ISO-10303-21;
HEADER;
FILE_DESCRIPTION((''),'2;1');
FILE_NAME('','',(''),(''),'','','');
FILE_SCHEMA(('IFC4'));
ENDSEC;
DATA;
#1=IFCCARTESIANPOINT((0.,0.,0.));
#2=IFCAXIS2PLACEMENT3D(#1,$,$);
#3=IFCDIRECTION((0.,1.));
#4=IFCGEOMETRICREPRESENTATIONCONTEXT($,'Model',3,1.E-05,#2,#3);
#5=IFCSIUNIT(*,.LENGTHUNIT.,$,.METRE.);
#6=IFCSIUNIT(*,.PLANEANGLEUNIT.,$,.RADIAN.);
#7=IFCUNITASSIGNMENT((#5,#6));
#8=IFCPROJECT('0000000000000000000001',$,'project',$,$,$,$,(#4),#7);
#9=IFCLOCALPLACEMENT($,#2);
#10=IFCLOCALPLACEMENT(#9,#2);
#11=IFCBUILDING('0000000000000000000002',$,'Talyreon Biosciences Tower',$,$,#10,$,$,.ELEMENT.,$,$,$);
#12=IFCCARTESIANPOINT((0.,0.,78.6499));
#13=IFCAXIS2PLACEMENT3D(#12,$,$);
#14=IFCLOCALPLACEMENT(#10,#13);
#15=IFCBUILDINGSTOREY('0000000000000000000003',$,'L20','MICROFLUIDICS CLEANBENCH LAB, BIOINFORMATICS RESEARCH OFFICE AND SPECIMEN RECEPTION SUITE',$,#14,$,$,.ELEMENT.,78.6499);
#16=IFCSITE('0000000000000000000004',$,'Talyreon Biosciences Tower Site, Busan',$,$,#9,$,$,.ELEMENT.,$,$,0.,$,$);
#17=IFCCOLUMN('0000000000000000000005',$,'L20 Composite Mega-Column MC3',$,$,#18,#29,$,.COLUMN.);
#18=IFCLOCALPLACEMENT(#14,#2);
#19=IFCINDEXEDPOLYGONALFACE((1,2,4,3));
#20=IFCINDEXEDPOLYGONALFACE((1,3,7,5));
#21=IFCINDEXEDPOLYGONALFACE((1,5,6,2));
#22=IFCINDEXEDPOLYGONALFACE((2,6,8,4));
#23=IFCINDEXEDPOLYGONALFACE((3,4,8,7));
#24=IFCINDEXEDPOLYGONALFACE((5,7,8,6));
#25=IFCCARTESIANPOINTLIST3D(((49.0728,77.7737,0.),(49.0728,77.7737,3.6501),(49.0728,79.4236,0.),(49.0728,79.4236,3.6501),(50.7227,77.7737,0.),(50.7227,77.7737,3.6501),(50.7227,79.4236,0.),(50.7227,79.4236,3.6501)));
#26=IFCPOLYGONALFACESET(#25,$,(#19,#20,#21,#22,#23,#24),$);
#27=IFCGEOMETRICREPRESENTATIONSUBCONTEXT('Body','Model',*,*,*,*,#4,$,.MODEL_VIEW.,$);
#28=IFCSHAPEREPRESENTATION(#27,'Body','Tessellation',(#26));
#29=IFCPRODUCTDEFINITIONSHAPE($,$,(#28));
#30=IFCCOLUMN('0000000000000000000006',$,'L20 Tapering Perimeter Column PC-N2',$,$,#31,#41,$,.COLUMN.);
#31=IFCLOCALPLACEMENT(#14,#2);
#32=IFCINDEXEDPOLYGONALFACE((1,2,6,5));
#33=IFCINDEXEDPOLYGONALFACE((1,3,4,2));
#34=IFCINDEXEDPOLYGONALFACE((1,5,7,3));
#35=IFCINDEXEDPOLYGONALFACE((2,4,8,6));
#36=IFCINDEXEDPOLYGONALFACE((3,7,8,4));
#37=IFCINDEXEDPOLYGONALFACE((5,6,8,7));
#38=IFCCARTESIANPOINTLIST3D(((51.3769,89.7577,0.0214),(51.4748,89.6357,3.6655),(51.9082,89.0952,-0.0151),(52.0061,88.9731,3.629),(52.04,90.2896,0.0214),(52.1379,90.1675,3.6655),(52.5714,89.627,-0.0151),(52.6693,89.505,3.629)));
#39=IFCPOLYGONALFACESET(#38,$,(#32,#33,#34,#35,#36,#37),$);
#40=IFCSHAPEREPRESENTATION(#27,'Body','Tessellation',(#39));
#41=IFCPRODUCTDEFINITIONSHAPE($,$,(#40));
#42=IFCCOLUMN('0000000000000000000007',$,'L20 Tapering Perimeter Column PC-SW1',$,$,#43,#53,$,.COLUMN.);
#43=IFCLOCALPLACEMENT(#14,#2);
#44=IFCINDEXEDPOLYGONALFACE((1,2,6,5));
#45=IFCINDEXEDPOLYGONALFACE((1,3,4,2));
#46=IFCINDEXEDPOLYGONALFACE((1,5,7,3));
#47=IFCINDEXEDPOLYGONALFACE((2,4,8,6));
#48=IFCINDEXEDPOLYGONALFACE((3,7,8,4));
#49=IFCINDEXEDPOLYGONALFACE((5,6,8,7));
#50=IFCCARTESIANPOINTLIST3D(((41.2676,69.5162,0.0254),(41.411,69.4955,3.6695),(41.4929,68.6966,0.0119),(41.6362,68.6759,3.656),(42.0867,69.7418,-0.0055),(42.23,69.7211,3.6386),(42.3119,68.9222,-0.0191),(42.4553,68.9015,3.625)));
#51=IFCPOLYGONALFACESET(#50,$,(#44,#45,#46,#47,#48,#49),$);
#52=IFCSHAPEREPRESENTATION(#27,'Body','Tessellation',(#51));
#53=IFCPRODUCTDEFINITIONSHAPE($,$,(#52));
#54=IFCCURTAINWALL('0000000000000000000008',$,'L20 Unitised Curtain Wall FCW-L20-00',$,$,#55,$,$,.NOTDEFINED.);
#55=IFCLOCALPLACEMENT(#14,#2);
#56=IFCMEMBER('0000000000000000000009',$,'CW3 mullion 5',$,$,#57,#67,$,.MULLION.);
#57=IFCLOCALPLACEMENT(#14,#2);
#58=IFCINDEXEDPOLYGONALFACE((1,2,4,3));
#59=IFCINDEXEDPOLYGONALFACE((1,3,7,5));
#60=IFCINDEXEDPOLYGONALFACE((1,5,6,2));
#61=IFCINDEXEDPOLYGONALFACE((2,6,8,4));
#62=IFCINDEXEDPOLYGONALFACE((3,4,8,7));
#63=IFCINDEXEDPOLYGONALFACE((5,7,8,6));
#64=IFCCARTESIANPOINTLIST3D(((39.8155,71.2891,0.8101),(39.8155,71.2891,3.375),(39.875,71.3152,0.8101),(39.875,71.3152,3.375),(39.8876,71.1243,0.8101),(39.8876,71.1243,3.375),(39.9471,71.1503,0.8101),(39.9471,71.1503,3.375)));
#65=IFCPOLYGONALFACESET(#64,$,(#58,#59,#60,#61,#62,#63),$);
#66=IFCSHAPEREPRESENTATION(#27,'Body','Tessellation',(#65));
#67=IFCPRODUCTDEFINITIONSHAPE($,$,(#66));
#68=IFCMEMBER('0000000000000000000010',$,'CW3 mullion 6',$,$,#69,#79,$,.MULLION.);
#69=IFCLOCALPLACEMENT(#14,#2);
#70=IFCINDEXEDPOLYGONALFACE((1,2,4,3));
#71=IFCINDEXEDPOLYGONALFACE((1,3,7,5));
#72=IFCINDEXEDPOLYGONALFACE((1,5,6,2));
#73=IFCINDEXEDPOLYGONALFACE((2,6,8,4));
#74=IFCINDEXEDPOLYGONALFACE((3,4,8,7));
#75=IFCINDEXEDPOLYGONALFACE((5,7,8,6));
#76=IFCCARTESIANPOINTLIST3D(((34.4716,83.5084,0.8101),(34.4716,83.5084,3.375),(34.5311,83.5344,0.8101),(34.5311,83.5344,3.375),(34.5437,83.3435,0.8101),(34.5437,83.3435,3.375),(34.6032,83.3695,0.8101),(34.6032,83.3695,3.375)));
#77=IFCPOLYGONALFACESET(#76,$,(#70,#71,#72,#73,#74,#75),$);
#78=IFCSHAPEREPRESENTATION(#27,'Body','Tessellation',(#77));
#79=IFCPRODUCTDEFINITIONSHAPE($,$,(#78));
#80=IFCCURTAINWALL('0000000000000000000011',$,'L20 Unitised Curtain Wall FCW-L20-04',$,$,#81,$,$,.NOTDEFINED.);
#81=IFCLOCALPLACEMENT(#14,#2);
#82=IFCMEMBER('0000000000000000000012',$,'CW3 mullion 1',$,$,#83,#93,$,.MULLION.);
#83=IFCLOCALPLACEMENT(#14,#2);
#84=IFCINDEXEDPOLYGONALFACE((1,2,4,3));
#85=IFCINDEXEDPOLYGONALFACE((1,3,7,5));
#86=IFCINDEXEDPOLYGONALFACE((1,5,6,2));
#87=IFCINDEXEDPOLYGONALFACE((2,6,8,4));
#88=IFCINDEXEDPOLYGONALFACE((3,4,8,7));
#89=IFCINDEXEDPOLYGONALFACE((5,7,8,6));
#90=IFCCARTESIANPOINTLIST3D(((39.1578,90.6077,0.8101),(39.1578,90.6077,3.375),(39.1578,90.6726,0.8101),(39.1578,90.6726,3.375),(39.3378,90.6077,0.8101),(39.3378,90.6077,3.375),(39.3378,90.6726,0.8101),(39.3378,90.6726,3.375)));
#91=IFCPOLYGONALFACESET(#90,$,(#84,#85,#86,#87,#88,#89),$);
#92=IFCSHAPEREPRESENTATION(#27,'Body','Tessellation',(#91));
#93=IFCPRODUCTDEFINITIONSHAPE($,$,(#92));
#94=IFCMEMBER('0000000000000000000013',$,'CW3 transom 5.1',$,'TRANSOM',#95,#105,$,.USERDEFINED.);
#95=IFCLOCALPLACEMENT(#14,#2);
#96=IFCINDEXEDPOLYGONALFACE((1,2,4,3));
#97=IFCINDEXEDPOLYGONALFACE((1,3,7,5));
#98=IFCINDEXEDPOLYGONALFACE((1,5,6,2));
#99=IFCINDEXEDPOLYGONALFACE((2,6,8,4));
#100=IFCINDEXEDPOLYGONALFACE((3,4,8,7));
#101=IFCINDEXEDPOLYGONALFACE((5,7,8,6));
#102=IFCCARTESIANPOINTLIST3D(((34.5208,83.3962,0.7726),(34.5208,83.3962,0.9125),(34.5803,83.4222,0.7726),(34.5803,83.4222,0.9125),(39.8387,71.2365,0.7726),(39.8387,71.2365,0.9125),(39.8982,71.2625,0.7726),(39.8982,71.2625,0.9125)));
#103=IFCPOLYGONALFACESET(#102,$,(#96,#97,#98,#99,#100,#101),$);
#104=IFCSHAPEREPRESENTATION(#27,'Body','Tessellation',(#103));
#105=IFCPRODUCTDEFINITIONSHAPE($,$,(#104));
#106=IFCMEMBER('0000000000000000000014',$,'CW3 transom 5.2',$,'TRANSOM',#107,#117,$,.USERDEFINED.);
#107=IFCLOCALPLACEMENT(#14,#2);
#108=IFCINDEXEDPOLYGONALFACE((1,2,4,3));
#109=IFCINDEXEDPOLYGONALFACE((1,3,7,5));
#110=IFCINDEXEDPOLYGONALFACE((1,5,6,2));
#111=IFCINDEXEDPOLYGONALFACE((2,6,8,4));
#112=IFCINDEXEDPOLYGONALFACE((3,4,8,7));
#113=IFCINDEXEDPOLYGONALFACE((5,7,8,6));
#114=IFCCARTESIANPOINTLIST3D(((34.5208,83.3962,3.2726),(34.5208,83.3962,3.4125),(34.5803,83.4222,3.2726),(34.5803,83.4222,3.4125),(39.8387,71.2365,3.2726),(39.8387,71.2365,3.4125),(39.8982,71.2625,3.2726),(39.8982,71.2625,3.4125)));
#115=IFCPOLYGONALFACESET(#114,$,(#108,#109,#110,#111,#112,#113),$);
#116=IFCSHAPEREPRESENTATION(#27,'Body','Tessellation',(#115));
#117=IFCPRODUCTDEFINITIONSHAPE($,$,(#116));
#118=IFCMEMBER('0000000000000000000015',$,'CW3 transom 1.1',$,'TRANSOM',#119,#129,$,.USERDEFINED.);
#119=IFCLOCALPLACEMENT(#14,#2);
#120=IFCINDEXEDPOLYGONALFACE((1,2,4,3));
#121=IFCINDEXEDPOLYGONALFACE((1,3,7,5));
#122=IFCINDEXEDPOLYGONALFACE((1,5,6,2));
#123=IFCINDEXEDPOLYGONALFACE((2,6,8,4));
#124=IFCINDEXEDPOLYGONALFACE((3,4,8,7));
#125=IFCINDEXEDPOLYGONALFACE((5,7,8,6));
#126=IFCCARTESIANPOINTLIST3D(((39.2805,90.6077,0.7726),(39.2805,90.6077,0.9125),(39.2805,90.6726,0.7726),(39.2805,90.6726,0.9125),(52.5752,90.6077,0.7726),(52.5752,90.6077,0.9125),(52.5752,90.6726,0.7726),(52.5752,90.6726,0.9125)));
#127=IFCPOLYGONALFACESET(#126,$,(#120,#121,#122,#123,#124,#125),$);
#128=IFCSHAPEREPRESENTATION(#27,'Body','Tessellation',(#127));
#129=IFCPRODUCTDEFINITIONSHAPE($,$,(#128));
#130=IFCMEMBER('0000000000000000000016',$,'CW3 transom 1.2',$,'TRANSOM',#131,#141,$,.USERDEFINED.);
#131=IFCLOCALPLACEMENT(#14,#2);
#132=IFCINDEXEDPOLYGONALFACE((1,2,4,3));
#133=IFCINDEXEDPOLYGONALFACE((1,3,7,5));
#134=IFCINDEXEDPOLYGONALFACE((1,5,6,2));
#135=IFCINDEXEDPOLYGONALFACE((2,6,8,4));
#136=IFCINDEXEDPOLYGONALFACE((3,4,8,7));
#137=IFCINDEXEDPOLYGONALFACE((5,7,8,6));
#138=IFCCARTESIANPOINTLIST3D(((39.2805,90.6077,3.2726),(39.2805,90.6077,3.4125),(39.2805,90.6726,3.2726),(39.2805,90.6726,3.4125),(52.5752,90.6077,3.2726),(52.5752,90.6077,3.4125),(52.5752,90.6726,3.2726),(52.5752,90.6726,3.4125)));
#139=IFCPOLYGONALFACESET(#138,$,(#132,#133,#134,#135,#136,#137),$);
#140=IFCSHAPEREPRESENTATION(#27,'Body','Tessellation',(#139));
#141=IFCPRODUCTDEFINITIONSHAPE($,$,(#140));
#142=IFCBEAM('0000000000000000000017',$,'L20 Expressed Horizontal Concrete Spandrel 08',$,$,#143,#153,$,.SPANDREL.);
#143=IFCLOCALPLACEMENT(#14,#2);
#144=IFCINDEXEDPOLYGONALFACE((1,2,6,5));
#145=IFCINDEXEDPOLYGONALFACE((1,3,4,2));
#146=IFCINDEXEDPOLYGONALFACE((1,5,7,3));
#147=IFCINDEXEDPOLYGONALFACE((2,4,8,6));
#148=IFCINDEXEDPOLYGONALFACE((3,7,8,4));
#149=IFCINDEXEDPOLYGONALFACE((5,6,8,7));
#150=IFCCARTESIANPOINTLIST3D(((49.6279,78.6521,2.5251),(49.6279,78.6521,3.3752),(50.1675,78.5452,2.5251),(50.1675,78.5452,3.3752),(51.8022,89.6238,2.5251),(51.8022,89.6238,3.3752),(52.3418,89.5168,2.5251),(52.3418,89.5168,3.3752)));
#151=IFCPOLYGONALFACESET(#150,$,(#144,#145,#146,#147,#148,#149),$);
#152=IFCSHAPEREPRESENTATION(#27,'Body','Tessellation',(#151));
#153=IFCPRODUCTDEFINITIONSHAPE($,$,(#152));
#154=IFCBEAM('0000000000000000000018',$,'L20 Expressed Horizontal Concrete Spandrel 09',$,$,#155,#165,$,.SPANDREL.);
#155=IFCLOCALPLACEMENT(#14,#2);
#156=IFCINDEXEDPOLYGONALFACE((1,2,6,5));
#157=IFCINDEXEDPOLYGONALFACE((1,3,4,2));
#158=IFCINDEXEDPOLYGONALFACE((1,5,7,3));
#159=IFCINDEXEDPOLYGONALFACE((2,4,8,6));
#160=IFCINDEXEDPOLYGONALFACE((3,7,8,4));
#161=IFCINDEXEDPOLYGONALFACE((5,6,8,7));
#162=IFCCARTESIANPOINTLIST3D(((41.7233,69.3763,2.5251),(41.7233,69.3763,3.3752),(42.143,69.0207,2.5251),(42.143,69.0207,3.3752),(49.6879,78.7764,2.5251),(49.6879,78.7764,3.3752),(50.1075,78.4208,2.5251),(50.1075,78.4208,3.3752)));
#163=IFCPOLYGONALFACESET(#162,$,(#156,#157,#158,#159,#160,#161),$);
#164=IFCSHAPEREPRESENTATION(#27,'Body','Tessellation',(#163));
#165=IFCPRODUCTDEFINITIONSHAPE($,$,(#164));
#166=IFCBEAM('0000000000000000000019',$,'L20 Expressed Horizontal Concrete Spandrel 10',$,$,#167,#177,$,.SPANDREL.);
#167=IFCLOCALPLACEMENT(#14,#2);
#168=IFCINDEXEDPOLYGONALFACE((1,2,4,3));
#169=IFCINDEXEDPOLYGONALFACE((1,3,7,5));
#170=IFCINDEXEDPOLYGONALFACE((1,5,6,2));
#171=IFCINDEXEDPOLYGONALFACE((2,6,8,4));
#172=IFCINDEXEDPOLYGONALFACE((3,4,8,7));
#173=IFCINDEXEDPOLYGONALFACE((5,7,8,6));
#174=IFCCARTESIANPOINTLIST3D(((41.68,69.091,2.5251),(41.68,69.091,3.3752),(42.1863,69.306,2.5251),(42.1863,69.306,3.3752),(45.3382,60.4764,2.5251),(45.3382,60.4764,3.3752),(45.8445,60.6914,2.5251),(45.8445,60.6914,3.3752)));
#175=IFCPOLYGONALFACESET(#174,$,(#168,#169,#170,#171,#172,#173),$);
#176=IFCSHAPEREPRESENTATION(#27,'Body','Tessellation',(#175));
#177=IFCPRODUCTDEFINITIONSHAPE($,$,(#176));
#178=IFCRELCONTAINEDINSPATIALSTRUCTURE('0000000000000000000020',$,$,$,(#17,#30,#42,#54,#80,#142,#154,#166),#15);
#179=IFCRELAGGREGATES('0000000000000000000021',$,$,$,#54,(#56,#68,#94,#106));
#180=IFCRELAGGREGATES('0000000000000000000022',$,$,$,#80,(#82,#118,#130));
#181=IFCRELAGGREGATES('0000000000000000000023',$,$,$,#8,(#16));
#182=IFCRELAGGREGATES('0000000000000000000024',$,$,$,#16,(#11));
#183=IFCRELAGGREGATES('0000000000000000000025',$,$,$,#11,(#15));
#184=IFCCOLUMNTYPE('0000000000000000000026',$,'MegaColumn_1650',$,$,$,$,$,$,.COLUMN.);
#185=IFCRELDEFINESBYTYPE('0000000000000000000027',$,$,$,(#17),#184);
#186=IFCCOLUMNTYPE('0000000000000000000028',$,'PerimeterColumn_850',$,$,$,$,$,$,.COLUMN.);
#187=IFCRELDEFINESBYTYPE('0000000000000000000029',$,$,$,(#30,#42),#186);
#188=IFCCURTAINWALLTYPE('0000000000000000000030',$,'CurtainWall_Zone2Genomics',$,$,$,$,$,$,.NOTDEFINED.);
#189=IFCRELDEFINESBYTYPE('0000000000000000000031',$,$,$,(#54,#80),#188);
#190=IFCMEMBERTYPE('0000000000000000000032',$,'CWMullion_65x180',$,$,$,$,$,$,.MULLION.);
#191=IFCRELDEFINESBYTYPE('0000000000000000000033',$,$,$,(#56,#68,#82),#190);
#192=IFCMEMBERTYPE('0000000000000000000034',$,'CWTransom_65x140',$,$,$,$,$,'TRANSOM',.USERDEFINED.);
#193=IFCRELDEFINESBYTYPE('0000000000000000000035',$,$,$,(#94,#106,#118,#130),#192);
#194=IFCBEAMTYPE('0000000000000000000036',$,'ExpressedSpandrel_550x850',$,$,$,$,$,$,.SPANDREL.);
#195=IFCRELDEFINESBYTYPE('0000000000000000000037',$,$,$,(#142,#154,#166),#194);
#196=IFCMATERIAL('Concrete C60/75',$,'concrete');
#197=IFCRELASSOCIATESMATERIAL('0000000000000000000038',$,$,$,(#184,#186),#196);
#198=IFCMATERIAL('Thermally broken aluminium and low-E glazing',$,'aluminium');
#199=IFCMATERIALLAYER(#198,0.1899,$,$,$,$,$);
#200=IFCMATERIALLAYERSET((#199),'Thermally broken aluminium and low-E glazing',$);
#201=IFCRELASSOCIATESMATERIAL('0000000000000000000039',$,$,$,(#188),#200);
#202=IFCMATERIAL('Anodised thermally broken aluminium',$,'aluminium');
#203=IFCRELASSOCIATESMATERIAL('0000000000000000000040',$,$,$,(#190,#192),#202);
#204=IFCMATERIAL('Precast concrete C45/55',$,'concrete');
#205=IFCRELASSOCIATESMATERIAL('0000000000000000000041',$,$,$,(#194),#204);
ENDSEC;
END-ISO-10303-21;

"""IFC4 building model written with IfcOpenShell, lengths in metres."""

from ifc_helpers import new_model, si_unit, direction, frame, origin, origin_2d, place, context, subcontext, project, spatial, rectangle, extrude, material, layer, layer_set, material_profile, profile_set, type_object, element, aggregate, save


model = new_model("IFC4")

# Units and contexts
model_context = context("Model", 3, precision=1e-05, world=origin(), true_north=direction((0.0, 1.0)))
body_context = subcontext(model_context, "Body", "Model", "MODEL_VIEW")
ifc_project = project(units=[si_unit("LENGTHUNIT", "METRE"), si_unit("PLANEANGLEUNIT", "RADIAN")], contexts=[model_context])

# Site, building, storey
site_placement = place(None, origin())
site = spatial("IfcSite", under=ifc_project, at=site_placement, Name="Talyreon Biosciences Tower Site, Busan", CompositionType="ELEMENT", RefElevation=0.0)
building_placement = place(site_placement, origin())
building = spatial("IfcBuilding", under=site, at=building_placement, Name="Talyreon Biosciences Tower", CompositionType="ELEMENT")
storey_placement = place(building_placement, frame((0.0, 0.0, 78.6499)))
storey = spatial("IfcBuildingStorey", under=building, at=storey_placement, Name="L20", Description="MICROFLUIDICS CLEANBENCH LAB, BIOINFORMATICS RESEARCH OFFICE AND SPECIMEN RECEPTION SUITE", CompositionType="ELEMENT", Elevation=78.6499)

# Columns
ifc_material_1 = material(Name="Concrete C60/75", Category="concrete")
ifc_material_profile_1 = material_profile(ifc_material_1, rectangle(XDim=1.6499, YDim=1.6499, at=origin_2d()), Name="RC 1650x1650")
ifc_profile_set_1 = profile_set([ifc_material_profile_1], Name="Concrete C60/75")
column_type_1 = type_object("IfcColumnType", Name="MegaColumn_1650", PredefinedType="COLUMN", material=ifc_profile_set_1)
column_1_placement = place(storey_placement, frame((49.8977, 78.5986, 0.0), z_axis=(0.0, 0.0, 1.0), x_axis=(1.0, 0.0, 0.0)))
element("IfcColumn", 1, at=column_1_placement, inside=storey, type_object=column_type_1, Name="L20 Composite Mega-Column MC3", PredefinedType="COLUMN", context=body_context, shape_type="SweptSolid", body=[
    extrude(rectangle(XDim=1.6499, YDim=1.6499, at=origin_2d()), origin(), (0.0, 0.0, 1.0), 3.6501),
])
ifc_material_profile_2 = material_profile(ifc_material_1, rectangle(XDim=0.8501, YDim=0.8501, at=origin_2d()), Name="RC 850x850")
ifc_profile_set_2 = profile_set([ifc_material_profile_2], Name="Concrete C60/75")
column_type_2 = type_object("IfcColumnType", Name="PerimeterColumn_850", PredefinedType="COLUMN", material=ifc_profile_set_2)
column_2_placement = place(storey_placement, frame((51.9741, 89.6924, 0.0032), z_axis=(0.026841, -0.033468, 0.999079), x_axis=(-0.780107, -0.625646, 0.0)))
element("IfcColumn", 2, at=column_2_placement, inside=storey, type_object=column_type_2, Name="L20 Tapering Perimeter Column PC-N2", PredefinedType="COLUMN", context=body_context, shape_type="SweptSolid", body=[
    extrude(rectangle(XDim=0.8501, YDim=0.8501, at=origin_2d()), origin(), (0.0, 0.0, 1.0), 3.6475),
])
column_3_placement = place(storey_placement, frame((41.7898, 69.2192, 0.0032), z_axis=(0.039296, -0.00569, 0.999211), x_axis=(0.963452, 0.265401, -0.036379)))
element("IfcColumn", 3, at=column_3_placement, inside=storey, type_object=column_type_2, Name="L20 Tapering Perimeter Column PC-SW1", PredefinedType="COLUMN", context=body_context, shape_type="SweptSolid", body=[
    extrude(rectangle(XDim=0.8501, YDim=0.8501, at=origin_2d()), origin(), (0.0, 0.0, 1.0), 3.647),
])

# Curtain wall, members
ifc_material_2 = material(Name="Thermally broken aluminium and low-E glazing", Category="aluminium")
ifc_layer_1 = layer(ifc_material_2, 0.1899)
ifc_layer_set_1 = layer_set([ifc_layer_1], Name="Thermally broken aluminium and low-E glazing")
curtain_wall_type = type_object("IfcCurtainWallType", Name="CurtainWall_Zone2Genomics", PredefinedType="NOTDEFINED", material=ifc_layer_set_1)
curtain_wall_1_placement = place(storey_placement, origin())
curtain_wall_1 = element("IfcCurtainWall", 4, at=curtain_wall_1_placement, inside=storey, type_object=curtain_wall_type, Name="L20 Unitised Curtain Wall FCW-L20-00", PredefinedType="NOTDEFINED")
ifc_material_3 = material(Name="Anodised thermally broken aluminium", Category="aluminium")
ifc_material_profile_3 = material_profile(ifc_material_3, rectangle(XDim=0.0649, YDim=0.1799, at=origin_2d()), Name="ALUM MULLION 65x180")
ifc_profile_set_3 = profile_set([ifc_material_profile_3], Name="Anodised thermally broken aluminium")
member_type_1 = type_object("IfcMemberType", Name="CWMullion_65x180", PredefinedType="MULLION", material=ifc_profile_set_3)
member_1_placement = place(storey_placement, frame((39.8813, 71.2197, 0.8101), z_axis=(0.0, 0.0, 1.0), x_axis=(-0.916214, -0.400689, 0.0)))
member_1 = element("IfcMember", 5, at=member_1_placement, type_object=member_type_1, Name="CW3 mullion 5", PredefinedType="MULLION", context=body_context, shape_type="SweptSolid", body=[
    extrude(rectangle(XDim=0.0649, YDim=0.1799, at=origin_2d()), origin(), (0.0, 0.0, 1.0), 2.5649),
])
member_2_placement = place(storey_placement, frame((34.5374, 83.439, 0.8101), z_axis=(0.0, 0.0, 1.0), x_axis=(-0.916214, -0.400689, 0.0)))
member_2 = element("IfcMember", 6, at=member_2_placement, type_object=member_type_1, Name="CW3 mullion 6", PredefinedType="MULLION", context=body_context, shape_type="SweptSolid", body=[
    extrude(rectangle(XDim=0.0649, YDim=0.1799, at=origin_2d()), origin(), (0.0, 0.0, 1.0), 2.5649),
])

# Curtain wall, member
curtain_wall_2_placement = place(storey_placement, origin())
curtain_wall_2 = element("IfcCurtainWall", 7, at=curtain_wall_2_placement, inside=storey, type_object=curtain_wall_type, Name="L20 Unitised Curtain Wall FCW-L20-04", PredefinedType="NOTDEFINED")
member_3_placement = place(storey_placement, frame((39.2478, 90.6401, 0.8101), z_axis=(0.0, 0.0, 1.0), x_axis=(0.0, 1.0, 0.0)))
member_3 = element("IfcMember", 8, at=member_3_placement, type_object=member_type_1, Name="CW3 mullion 1", PredefinedType="MULLION", context=body_context, shape_type="SweptSolid", body=[
    extrude(rectangle(XDim=0.0649, YDim=0.1799, at=origin_2d()), origin(), (0.0, 0.0, 1.0), 2.5649),
])

# Members
ifc_material_profile_4 = material_profile(ifc_material_3, rectangle(XDim=0.0649, YDim=0.1399, at=origin_2d()), Name="ALUM TRANSOM 65x140")
ifc_profile_set_4 = profile_set([ifc_material_profile_4], Name="Anodised thermally broken aluminium")
member_type_2 = type_object("IfcMemberType", Name="CWTransom_65x140", ElementType="TRANSOM", PredefinedType="USERDEFINED", material=ifc_profile_set_4)
member_4_placement = place(storey_placement, frame((39.8684, 71.2495, 0.8425), z_axis=(-0.400693, 0.916212, 0.0), x_axis=(-0.916212, -0.400693, 0.0)))
member_4 = element("IfcMember", 9, at=member_4_placement, type_object=member_type_2, Name="CW3 transom 5.1", ObjectType="TRANSOM", PredefinedType="USERDEFINED", context=body_context, shape_type="SweptSolid", body=[
    extrude(rectangle(XDim=0.0649, YDim=0.1399, at=origin_2d()), origin(), (0.0, 0.0, 1.0), 13.2717),
])
member_5_placement = place(storey_placement, frame((39.8684, 71.2495, 3.3425), z_axis=(-0.400693, 0.916212, 0.0), x_axis=(-0.916212, -0.400693, 0.0)))
member_5 = element("IfcMember", 10, at=member_5_placement, type_object=member_type_2, Name="CW3 transom 5.2", ObjectType="TRANSOM", PredefinedType="USERDEFINED", context=body_context, shape_type="SweptSolid", body=[
    extrude(rectangle(XDim=0.0649, YDim=0.1399, at=origin_2d()), origin(), (0.0, 0.0, 1.0), 13.2717),
])
member_6_placement = place(storey_placement, frame((39.2805, 90.6401, 0.8425), z_axis=(1.0, 0.0, 0.0), x_axis=(0.0, 1.0, 0.0)))
member_6 = element("IfcMember", 11, at=member_6_placement, type_object=member_type_2, Name="CW3 transom 1.1", ObjectType="TRANSOM", PredefinedType="USERDEFINED", context=body_context, shape_type="SweptSolid", body=[
    extrude(rectangle(XDim=0.0649, YDim=0.1399, at=origin_2d()), origin(), (0.0, 0.0, 1.0), 13.2947),
])
member_7_placement = place(storey_placement, frame((39.2805, 90.6401, 3.3425), z_axis=(1.0, 0.0, 0.0), x_axis=(0.0, 1.0, 0.0)))
member_7 = element("IfcMember", 12, at=member_7_placement, type_object=member_type_2, Name="CW3 transom 1.2", ObjectType="TRANSOM", PredefinedType="USERDEFINED", context=body_context, shape_type="SweptSolid", body=[
    extrude(rectangle(XDim=0.0649, YDim=0.1399, at=origin_2d()), origin(), (0.0, 0.0, 1.0), 13.2947),
])

# Beams
ifc_material_4 = material(Name="Precast concrete C45/55", Category="concrete")
ifc_material_profile_5 = material_profile(ifc_material_4, rectangle(XDim=0.55, YDim=0.8501, at=origin_2d()), Name="RCB 550x850")
ifc_profile_set_5 = profile_set([ifc_material_profile_5], Name="Precast concrete C45/55")
beam_type_1 = type_object("IfcBeamType", Name="ExpressedSpandrel_550x850", PredefinedType="SPANDREL", material=ifc_profile_set_5)
beam_1_placement = place(storey_placement, frame((52.072, 89.5703, 2.9502), z_axis=(-0.194395, -0.980923, 0.0), x_axis=(0.980923, -0.194395, 0.0)))
element("IfcBeam", 13, at=beam_1_placement, inside=storey, type_object=beam_type_1, Name="L20 Expressed Horizontal Concrete Spandrel 08", PredefinedType="SPANDREL", context=body_context, shape_type="SweptSolid", body=[
    extrude(rectangle(XDim=0.55, YDim=0.8501, at=origin_2d()), origin(), (0.0, 0.0, 1.0), 11.1851),
])
beam_2_placement = place(storey_placement, frame((49.8977, 78.5986, 2.9502), z_axis=(-0.646445, -0.762961, 0.0), x_axis=(0.762961, -0.646445, 0.0)))
element("IfcBeam", 14, at=beam_2_placement, inside=storey, type_object=beam_type_1, Name="L20 Expressed Horizontal Concrete Spandrel 09", PredefinedType="SPANDREL", context=body_context, shape_type="SweptSolid", body=[
    extrude(rectangle(XDim=0.55, YDim=0.8501, at=origin_2d()), origin(), (0.0, 0.0, 1.0), 12.3206),
])
beam_3_placement = place(storey_placement, frame((41.9331, 69.1985, 2.9502), z_axis=(0.390873, -0.920445, 0.0), x_axis=(0.920445, 0.390873, 0.0)))
element("IfcBeam", 15, at=beam_3_placement, inside=storey, type_object=beam_type_1, Name="L20 Expressed Horizontal Concrete Spandrel 10", PredefinedType="SPANDREL", context=body_context, shape_type="SweptSolid", body=[
    extrude(rectangle(XDim=0.55, YDim=0.8501, at=origin_2d()), origin(), (0.0, 0.0, 1.0), 9.3591),
])

aggregate(curtain_wall_1, [member_1, member_2, member_4, member_5])
aggregate(curtain_wall_2, [member_3, member_6, member_7])

save(model, "model.ifc")
